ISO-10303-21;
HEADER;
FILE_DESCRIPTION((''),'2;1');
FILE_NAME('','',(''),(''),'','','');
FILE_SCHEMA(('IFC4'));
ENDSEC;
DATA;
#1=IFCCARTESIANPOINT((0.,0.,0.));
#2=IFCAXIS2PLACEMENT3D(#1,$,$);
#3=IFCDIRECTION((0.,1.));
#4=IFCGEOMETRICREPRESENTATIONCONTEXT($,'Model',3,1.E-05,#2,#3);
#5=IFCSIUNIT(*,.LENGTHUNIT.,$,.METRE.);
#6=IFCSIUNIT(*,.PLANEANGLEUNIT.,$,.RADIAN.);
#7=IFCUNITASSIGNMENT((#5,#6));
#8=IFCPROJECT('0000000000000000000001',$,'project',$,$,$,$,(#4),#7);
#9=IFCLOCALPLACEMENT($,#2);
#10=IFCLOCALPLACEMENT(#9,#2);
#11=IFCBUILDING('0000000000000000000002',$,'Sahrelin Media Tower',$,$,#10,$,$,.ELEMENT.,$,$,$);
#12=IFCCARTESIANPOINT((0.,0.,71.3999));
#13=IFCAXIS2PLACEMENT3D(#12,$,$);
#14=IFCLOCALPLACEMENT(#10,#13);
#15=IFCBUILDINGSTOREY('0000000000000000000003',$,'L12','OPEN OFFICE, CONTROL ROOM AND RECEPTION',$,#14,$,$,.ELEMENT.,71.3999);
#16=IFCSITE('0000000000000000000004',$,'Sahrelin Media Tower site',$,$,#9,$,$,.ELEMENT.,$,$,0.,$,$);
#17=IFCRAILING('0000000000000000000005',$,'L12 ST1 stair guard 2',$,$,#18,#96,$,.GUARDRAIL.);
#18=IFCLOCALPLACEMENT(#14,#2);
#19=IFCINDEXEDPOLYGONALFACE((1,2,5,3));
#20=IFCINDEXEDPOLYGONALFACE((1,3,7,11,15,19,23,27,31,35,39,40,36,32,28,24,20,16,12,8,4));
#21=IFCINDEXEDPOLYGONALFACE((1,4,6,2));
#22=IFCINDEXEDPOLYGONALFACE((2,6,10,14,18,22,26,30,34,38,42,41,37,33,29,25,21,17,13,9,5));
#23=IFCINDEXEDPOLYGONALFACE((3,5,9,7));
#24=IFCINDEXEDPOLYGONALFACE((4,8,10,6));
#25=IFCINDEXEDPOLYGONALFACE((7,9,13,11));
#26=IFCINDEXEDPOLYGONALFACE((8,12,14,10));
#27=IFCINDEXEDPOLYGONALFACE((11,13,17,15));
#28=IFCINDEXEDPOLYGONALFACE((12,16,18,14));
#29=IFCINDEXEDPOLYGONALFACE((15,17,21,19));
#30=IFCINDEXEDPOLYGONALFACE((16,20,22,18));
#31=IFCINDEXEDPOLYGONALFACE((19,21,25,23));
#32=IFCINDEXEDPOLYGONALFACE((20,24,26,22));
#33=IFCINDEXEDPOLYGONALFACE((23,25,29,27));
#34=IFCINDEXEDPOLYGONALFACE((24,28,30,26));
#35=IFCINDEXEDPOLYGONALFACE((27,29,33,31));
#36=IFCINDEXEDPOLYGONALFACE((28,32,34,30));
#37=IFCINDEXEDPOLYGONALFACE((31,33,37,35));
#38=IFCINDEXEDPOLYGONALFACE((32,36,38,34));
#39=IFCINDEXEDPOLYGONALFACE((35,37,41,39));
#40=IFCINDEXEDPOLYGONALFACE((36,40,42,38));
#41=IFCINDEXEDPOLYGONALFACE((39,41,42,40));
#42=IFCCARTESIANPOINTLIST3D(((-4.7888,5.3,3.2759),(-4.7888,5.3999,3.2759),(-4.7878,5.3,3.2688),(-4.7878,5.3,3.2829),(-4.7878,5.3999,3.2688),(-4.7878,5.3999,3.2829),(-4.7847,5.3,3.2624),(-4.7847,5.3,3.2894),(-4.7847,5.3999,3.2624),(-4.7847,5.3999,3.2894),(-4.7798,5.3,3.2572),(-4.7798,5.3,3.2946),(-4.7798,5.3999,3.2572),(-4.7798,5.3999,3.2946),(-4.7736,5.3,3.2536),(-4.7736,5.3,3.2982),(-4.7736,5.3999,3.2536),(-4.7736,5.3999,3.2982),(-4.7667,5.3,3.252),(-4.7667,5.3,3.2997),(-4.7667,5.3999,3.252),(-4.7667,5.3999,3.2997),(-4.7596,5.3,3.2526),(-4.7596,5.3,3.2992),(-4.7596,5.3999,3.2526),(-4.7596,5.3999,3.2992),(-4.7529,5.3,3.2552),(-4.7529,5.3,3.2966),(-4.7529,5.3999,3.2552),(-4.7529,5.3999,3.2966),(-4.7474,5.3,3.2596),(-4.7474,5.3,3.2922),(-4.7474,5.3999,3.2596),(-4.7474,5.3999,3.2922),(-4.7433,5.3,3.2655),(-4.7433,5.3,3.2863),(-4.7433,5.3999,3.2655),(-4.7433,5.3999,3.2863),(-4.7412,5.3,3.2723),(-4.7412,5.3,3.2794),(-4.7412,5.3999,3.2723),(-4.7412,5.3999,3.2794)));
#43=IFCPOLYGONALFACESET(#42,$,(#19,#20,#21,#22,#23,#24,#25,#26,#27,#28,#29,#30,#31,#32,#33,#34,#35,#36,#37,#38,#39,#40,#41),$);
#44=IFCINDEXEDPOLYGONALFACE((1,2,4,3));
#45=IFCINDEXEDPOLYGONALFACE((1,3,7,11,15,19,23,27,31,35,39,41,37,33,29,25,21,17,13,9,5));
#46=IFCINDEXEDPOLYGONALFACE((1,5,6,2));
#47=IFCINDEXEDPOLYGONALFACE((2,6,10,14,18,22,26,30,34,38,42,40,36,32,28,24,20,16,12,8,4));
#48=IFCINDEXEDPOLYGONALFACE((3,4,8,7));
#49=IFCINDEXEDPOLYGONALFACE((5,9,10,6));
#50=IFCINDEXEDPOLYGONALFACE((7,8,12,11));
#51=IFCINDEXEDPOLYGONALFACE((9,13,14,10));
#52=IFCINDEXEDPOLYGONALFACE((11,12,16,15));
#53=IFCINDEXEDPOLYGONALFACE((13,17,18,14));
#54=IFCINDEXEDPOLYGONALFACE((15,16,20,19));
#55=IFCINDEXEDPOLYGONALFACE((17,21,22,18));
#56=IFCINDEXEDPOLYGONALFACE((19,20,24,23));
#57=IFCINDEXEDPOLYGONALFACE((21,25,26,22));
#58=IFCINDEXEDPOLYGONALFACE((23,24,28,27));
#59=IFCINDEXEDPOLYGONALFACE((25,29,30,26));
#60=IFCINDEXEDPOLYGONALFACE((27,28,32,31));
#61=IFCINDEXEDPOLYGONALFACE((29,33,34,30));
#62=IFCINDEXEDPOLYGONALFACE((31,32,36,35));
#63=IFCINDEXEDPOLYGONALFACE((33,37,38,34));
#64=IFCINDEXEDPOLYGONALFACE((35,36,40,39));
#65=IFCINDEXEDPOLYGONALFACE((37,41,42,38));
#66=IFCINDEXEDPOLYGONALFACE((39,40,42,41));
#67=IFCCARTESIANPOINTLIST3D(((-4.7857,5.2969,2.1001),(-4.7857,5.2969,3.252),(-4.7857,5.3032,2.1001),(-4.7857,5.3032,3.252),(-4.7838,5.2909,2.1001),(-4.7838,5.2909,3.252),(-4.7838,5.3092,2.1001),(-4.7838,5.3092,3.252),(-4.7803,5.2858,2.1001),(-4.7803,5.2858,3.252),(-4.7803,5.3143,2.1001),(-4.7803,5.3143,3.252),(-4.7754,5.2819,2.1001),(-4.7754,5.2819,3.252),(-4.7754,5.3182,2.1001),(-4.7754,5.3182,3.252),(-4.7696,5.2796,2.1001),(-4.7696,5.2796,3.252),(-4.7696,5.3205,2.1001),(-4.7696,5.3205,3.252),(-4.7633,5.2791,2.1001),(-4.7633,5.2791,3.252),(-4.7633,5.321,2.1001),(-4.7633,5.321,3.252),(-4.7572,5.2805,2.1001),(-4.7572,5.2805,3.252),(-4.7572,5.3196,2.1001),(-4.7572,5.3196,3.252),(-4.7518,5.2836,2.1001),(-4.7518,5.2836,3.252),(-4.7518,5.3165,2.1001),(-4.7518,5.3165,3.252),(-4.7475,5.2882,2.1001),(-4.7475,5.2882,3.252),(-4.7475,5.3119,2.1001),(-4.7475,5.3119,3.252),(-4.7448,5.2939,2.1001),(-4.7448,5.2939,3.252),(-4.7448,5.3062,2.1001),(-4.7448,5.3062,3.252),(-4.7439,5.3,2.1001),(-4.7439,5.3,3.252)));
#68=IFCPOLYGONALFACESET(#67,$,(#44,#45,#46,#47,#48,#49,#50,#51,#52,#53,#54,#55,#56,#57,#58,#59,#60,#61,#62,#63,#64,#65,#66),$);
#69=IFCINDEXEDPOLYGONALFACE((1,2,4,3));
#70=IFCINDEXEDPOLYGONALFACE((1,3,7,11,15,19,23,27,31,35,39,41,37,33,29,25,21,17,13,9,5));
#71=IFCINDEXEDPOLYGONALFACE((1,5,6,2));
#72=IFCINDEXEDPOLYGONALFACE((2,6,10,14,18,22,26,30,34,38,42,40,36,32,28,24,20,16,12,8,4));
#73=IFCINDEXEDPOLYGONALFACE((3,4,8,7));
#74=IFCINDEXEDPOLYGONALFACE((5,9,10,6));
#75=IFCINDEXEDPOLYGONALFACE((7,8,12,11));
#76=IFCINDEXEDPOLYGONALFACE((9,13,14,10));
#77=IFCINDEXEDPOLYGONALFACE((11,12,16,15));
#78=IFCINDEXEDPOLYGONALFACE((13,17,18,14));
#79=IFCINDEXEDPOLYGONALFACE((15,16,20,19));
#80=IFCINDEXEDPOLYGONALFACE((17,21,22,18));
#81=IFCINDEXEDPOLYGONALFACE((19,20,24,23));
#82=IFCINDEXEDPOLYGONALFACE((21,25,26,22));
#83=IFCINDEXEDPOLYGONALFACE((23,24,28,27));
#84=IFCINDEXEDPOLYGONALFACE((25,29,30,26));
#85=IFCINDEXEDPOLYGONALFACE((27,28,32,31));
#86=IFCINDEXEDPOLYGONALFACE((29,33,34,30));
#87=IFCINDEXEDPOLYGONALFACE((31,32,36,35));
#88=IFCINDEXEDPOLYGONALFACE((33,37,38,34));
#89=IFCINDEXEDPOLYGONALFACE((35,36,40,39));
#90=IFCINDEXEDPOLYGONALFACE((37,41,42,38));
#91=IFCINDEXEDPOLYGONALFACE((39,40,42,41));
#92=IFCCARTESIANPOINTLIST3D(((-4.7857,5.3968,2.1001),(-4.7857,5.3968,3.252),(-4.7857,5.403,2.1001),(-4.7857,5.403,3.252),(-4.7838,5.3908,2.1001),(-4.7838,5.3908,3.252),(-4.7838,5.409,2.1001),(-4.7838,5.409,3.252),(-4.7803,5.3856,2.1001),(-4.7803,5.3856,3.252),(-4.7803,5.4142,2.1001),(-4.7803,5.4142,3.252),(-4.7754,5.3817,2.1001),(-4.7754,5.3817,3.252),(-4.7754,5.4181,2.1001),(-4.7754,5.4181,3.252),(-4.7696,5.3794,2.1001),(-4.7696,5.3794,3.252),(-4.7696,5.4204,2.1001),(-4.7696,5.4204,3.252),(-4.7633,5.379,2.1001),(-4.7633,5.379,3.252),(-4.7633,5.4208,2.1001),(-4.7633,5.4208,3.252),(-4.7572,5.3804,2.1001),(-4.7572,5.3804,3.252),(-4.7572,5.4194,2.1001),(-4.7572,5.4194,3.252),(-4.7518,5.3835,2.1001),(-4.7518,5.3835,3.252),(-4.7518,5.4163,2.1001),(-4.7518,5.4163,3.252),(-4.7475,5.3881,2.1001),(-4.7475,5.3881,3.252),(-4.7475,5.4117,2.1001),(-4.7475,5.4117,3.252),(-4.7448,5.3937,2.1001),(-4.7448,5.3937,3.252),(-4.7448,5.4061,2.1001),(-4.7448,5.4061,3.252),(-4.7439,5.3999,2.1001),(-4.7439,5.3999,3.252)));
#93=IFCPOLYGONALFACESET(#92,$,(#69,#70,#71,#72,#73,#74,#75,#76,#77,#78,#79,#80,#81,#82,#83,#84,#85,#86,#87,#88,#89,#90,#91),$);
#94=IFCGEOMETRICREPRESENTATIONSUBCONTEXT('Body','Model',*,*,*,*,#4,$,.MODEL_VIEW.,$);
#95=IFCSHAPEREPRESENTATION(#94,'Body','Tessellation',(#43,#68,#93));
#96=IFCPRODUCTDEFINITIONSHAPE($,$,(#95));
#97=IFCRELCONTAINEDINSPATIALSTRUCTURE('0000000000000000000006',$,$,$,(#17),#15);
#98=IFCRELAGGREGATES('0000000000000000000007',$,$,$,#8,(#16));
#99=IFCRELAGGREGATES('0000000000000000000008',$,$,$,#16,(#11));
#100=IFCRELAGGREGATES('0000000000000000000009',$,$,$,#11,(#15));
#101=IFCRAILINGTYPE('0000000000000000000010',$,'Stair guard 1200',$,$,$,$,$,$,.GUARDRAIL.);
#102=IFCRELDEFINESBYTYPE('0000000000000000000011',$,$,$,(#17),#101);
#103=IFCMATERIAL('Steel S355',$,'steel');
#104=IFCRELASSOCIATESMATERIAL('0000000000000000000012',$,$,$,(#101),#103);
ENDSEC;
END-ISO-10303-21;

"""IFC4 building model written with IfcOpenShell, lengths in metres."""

from ifc_helpers import new_model, si_unit, direction, frame, origin, origin_2d, place, context, subcontext, project, spatial, circle, extrude, material, type_object, element, save


model = new_model("IFC4")

# Units and contexts
model_context = context("Model", 3, precision=1e-05, world=origin(), true_north=direction((0.0, 1.0)))
body_context = subcontext(model_context, "Body", "Model", "MODEL_VIEW")
ifc_project = project(units=[si_unit("LENGTHUNIT", "METRE"), si_unit("PLANEANGLEUNIT", "RADIAN")], contexts=[model_context])

# Site, building, storey
site_placement = place(None, origin())
site = spatial("IfcSite", under=ifc_project, at=site_placement, Name="Sahrelin Media Tower site", CompositionType="ELEMENT", RefElevation=0.0)
building_placement = place(site_placement, origin())
building = spatial("IfcBuilding", under=site, at=building_placement, Name="Sahrelin Media Tower", CompositionType="ELEMENT")
storey_placement = place(building_placement, frame((0.0, 0.0, 71.3999)))
storey = spatial("IfcBuildingStorey", under=building, at=storey_placement, Name="L12", Description="OPEN OFFICE, CONTROL ROOM AND RECEPTION", CompositionType="ELEMENT", Elevation=71.3999)

# Shared definitions
ifc_material_1 = material(Name="Steel S355", Category="steel")

# Railing
railing_type_1 = type_object("IfcRailingType", Name="Stair guard 1200", PredefinedType="GUARDRAIL", material=ifc_material_1)
railing_1_placement = place(storey_placement, frame((-4.7649, 5.3, 2.1001)))
element("IfcRailing", 1, at=railing_1_placement, inside=storey, type_object=railing_type_1, Name="L12 ST1 stair guard 2", PredefinedType="GUARDRAIL", context=body_context, shape_type="SweptSolid", body=[
    extrude(circle(Radius=0.0239, at=origin_2d()), frame((0.0, 0.0, 1.1758), z_axis=(0.0, 1.0, 0.0), x_axis=(-1.0, 0.0, 0.0)), (0.0, 0.0, 1.0), 0.0999),
    extrude(circle(Radius=0.021, at=origin_2d()), origin(), (0.0, 0.0, 1.0), 1.1519),
    extrude(circle(Radius=0.021, at=origin_2d()), frame((0.0, 0.0999, 0.0)), (0.0, 0.0, 1.0), 1.1519),
])

save(model, "model.ifc")
